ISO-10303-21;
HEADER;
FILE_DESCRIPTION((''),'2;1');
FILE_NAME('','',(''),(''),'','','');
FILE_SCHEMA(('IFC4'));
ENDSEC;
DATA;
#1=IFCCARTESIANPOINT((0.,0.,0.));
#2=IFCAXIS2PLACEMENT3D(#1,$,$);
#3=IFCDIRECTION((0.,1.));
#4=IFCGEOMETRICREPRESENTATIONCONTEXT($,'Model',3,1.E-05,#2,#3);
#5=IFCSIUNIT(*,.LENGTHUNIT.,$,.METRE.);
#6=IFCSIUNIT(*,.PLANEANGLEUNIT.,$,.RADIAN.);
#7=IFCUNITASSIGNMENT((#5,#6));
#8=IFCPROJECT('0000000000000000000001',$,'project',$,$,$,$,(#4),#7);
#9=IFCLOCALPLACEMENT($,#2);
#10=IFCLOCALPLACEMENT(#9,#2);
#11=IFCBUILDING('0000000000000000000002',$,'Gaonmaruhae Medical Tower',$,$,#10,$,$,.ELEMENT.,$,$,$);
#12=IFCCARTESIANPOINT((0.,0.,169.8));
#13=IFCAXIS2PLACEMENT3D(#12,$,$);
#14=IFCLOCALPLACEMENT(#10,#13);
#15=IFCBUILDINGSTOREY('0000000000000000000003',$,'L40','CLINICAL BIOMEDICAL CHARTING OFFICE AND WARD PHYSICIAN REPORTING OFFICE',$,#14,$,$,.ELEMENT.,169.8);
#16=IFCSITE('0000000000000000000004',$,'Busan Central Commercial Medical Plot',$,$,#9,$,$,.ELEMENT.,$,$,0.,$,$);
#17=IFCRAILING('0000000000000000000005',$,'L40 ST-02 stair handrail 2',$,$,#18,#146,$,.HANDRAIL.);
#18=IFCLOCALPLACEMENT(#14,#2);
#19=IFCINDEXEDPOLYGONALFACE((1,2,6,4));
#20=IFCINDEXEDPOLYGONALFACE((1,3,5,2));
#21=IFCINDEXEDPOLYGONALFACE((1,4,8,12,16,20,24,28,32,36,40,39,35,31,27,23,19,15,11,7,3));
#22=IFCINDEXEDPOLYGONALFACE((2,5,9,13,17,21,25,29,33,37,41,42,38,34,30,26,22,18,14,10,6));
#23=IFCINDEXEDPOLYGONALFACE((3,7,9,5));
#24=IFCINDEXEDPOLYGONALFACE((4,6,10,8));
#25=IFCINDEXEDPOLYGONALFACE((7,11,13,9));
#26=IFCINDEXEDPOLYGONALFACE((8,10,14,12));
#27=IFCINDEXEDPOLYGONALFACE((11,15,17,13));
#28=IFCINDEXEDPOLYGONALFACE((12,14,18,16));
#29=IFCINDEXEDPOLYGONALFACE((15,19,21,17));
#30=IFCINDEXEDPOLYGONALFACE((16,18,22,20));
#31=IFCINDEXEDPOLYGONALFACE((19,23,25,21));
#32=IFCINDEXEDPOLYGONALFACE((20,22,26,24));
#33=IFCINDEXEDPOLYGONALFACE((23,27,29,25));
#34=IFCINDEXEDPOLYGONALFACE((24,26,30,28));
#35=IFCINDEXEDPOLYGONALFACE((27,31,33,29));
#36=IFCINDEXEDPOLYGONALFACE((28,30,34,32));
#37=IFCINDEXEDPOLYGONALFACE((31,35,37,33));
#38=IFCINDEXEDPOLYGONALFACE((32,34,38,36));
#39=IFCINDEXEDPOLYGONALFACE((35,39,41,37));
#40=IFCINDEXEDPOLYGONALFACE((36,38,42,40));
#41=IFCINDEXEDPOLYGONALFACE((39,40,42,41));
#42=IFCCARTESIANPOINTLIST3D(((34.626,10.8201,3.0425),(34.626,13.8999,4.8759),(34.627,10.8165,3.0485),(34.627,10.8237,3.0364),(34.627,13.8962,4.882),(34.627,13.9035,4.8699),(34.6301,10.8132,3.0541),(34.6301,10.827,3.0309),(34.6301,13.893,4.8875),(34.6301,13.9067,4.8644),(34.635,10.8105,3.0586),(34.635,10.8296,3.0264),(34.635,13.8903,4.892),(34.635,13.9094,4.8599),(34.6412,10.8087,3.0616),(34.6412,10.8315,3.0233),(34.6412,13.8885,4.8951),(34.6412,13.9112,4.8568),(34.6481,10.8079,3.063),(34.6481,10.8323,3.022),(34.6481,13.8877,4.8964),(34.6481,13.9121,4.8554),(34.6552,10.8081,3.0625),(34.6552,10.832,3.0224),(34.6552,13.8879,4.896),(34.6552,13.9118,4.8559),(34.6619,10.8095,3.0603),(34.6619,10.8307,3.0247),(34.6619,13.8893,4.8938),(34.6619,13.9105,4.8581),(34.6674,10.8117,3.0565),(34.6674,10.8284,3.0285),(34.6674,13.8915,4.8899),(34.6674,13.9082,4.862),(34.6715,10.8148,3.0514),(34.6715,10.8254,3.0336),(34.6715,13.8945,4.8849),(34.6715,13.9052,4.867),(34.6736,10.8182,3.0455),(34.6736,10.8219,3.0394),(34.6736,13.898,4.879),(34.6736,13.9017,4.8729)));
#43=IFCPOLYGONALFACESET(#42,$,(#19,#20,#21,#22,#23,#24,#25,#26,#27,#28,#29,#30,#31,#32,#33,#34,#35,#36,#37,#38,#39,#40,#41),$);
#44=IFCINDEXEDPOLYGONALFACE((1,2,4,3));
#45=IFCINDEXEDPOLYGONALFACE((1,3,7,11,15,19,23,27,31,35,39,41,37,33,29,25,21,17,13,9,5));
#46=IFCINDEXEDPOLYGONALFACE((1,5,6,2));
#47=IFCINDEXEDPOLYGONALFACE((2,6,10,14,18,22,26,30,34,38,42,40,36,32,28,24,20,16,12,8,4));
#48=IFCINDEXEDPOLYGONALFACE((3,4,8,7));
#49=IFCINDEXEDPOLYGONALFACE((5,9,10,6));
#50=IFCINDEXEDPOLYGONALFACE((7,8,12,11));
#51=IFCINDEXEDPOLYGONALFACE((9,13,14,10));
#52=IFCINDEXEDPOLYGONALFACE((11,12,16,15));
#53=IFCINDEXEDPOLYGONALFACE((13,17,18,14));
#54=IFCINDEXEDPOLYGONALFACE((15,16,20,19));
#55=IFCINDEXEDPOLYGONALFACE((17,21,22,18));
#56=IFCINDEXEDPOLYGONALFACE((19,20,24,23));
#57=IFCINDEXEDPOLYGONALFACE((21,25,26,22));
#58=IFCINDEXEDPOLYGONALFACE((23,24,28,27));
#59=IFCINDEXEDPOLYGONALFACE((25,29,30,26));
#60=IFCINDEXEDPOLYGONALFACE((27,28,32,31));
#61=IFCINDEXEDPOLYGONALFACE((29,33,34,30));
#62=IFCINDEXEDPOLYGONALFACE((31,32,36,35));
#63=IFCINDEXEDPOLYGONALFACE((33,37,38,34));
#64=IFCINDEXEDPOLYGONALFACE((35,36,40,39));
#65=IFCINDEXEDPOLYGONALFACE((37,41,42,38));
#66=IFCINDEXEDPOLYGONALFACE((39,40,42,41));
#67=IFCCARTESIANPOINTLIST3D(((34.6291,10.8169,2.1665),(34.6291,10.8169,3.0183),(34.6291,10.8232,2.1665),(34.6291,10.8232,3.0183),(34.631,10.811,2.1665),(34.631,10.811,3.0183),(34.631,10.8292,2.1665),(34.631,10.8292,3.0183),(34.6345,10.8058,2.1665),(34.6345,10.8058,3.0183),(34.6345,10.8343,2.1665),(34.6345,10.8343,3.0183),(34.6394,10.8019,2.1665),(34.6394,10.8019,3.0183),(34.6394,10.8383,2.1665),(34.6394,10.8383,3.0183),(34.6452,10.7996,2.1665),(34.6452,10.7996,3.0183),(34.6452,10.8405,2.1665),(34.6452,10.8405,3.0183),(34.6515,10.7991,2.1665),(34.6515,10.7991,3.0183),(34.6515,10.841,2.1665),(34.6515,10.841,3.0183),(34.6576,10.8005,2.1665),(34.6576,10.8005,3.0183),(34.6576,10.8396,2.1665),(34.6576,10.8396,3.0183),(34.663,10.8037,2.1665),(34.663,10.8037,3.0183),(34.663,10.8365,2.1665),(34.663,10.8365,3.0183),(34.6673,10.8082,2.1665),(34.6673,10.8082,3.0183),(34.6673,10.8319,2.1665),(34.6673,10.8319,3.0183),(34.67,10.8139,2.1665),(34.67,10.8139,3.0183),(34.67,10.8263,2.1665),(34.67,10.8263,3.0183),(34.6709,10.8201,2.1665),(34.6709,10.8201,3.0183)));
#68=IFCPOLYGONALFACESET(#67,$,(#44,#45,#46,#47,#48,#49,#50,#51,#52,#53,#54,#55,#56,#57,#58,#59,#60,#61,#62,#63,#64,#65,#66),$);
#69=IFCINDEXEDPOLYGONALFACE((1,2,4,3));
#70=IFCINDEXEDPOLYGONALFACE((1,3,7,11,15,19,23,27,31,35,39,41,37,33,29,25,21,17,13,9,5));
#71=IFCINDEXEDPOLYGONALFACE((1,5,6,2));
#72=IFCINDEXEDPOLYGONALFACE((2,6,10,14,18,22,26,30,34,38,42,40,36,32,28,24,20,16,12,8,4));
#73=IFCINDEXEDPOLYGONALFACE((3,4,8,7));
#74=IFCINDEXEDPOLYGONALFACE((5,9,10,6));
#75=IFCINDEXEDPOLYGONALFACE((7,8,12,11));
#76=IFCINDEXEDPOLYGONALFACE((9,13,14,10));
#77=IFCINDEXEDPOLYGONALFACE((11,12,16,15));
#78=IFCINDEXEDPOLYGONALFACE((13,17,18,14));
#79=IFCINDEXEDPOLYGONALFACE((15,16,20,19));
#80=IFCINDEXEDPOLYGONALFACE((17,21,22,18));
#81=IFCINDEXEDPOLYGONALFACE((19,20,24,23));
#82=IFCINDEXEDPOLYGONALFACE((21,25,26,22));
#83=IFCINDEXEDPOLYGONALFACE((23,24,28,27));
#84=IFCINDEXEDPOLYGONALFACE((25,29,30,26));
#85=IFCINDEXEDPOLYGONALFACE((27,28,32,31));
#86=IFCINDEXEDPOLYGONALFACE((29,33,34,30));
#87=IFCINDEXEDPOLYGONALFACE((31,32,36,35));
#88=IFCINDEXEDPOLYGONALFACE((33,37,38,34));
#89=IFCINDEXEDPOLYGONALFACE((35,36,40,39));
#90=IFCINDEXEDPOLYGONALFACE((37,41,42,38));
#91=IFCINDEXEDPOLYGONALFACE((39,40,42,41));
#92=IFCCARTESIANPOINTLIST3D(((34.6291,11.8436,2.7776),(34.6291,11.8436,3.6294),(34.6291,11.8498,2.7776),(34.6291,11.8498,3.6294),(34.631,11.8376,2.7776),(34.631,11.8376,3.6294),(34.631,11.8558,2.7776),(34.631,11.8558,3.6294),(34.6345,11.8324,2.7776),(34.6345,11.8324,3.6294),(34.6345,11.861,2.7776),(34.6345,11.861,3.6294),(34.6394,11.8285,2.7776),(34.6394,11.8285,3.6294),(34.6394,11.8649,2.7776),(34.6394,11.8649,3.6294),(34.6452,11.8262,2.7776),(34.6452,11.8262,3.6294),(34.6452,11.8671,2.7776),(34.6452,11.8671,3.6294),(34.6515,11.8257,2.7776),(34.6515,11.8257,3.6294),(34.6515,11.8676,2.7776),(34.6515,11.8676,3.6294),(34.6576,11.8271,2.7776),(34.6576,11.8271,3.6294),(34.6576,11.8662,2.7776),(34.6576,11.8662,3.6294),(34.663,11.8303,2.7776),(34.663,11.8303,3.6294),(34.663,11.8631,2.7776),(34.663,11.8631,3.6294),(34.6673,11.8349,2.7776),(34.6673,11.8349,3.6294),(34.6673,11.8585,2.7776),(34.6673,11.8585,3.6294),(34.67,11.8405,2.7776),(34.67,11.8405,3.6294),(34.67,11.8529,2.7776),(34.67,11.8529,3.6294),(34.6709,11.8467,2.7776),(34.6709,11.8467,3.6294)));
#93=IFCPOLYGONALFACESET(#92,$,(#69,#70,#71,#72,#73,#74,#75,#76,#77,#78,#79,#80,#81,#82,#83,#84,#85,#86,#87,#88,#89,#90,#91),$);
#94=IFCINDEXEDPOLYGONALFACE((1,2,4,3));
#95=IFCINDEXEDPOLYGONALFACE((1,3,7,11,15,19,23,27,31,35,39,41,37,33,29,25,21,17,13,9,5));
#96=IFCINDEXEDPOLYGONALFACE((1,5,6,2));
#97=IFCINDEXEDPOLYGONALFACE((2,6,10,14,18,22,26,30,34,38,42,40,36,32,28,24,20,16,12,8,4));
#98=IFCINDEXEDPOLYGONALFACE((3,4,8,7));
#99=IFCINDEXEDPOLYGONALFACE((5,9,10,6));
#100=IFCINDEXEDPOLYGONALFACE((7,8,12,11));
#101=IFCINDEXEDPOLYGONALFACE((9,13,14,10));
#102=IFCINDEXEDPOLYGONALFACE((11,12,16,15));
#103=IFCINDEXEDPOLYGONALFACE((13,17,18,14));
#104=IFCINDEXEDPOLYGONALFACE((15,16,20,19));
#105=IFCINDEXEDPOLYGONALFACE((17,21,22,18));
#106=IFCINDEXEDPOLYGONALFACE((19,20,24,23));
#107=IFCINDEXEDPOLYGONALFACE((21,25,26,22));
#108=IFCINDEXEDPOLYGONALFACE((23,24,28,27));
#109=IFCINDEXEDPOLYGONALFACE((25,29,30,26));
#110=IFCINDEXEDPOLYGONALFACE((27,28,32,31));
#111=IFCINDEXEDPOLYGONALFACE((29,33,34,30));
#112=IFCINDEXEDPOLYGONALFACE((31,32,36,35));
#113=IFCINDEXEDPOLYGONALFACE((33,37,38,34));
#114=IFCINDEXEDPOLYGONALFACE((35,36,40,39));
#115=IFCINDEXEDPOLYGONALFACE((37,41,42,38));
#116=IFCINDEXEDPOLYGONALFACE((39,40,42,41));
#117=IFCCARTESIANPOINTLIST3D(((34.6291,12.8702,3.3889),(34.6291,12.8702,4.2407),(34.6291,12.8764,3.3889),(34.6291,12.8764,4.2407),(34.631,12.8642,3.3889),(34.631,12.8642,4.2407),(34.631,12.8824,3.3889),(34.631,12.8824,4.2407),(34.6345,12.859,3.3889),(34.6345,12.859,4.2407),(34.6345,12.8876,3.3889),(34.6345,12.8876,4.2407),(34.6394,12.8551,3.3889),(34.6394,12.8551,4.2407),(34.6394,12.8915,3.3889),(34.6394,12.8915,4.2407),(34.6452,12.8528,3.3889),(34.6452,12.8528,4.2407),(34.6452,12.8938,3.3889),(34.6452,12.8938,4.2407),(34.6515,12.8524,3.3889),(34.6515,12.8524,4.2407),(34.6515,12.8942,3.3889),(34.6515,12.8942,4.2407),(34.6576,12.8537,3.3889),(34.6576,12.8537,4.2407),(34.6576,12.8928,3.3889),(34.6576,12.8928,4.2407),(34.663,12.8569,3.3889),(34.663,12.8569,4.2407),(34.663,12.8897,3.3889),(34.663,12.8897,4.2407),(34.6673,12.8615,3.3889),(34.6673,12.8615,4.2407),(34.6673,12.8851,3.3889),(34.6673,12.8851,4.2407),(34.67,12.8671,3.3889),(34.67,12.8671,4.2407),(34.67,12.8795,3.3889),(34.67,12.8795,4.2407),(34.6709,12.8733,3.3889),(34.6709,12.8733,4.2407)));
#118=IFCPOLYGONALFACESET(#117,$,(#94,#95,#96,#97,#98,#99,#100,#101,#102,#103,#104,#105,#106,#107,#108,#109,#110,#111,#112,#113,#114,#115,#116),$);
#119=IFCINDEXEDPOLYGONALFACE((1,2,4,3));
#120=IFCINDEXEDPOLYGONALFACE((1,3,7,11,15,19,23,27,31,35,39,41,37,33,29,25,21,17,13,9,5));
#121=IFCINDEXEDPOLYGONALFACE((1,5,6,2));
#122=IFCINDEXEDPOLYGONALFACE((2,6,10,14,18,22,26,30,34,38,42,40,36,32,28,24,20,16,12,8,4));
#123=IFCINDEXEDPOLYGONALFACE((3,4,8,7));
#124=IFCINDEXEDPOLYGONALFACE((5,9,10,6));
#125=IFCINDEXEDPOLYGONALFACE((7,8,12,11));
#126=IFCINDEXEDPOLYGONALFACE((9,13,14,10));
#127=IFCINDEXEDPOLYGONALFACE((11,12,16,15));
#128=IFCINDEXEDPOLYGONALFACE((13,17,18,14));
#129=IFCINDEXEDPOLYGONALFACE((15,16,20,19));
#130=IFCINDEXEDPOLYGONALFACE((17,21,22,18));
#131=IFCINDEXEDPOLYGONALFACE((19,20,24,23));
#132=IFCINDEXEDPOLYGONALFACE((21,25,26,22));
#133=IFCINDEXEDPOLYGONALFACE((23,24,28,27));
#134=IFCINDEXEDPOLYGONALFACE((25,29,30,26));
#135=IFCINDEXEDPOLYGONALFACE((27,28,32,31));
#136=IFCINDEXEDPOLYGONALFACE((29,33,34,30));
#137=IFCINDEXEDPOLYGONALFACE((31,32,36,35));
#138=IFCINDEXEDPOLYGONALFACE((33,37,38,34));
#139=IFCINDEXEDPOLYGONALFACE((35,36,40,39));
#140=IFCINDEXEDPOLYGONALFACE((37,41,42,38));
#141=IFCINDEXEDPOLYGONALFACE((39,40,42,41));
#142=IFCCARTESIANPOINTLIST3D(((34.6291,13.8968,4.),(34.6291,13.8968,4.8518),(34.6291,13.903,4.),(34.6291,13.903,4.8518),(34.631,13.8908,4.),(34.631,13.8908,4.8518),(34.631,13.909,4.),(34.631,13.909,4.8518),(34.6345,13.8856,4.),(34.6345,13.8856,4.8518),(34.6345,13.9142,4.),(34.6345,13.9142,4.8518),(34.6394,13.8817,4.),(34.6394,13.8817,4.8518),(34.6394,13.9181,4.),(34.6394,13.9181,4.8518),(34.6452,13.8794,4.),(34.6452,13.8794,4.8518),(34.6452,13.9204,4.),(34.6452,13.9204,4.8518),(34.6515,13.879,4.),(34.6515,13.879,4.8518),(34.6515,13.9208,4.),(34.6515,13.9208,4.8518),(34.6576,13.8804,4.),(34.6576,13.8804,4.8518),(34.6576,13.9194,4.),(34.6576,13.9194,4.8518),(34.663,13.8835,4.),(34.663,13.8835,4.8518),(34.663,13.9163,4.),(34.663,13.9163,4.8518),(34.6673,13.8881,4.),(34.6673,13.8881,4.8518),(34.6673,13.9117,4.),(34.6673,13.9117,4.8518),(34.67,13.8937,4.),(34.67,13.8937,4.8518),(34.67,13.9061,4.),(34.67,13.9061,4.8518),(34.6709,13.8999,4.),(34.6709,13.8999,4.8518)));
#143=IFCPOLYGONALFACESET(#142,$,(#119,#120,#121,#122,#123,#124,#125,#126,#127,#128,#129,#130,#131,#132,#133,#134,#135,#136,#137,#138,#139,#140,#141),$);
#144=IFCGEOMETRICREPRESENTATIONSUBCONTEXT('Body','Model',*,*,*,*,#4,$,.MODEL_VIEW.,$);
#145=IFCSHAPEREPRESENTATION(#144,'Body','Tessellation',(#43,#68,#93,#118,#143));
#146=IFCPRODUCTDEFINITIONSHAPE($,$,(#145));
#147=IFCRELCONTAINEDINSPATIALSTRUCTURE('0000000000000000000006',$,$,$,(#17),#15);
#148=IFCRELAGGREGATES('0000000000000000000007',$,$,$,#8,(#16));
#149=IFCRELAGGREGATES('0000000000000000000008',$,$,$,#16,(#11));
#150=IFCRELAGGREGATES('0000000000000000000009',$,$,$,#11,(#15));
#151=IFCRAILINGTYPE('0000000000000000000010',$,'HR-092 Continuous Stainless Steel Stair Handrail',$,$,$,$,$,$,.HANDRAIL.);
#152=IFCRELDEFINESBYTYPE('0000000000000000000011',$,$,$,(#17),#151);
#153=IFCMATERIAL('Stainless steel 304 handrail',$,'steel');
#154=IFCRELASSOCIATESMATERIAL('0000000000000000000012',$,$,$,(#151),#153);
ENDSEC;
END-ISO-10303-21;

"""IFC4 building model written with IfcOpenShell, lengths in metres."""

from ifc_helpers import new_model, si_unit, direction, frame, origin, origin_2d, place, context, subcontext, project, spatial, circle, extrude, material, type_object, element, save


model = new_model("IFC4")

# Units and contexts
model_context = context("Model", 3, precision=1e-05, world=origin(), true_north=direction((0.0, 1.0)))
body_context = subcontext(model_context, "Body", "Model", "MODEL_VIEW")
ifc_project = project(units=[si_unit("LENGTHUNIT", "METRE"), si_unit("PLANEANGLEUNIT", "RADIAN")], contexts=[model_context])

# Site, building, storey
site_placement = place(None, origin())
site = spatial("IfcSite", under=ifc_project, at=site_placement, Name="Busan Central Commercial Medical Plot", CompositionType="ELEMENT", RefElevation=0.0)
building_placement = place(site_placement, origin())
building = spatial("IfcBuilding", under=site, at=building_placement, Name="Gaonmaruhae Medical Tower", CompositionType="ELEMENT")
storey_placement = place(building_placement, frame((0.0, 0.0, 169.8)))
storey = spatial("IfcBuildingStorey", under=building, at=storey_placement, Name="L40", Description="CLINICAL BIOMEDICAL CHARTING OFFICE AND WARD PHYSICIAN REPORTING OFFICE", CompositionType="ELEMENT", Elevation=169.8)

# Railing
ifc_material_1 = material(Name="Stainless steel 304 handrail", Category="steel")
railing_type_1 = type_object("IfcRailingType", Name="HR-092 Continuous Stainless Steel Stair Handrail", PredefinedType="HANDRAIL", material=ifc_material_1)
railing_1_placement = place(storey_placement, frame((34.6499, 10.8201, 2.1665)))
element("IfcRailing", 1, at=railing_1_placement, inside=storey, type_object=railing_type_1, Name="L40 ST-02 stair handrail 2", PredefinedType="HANDRAIL", context=body_context, shape_type="SweptSolid", body=[
    extrude(circle(Radius=0.0239, at=origin_2d()), frame((0.0, 0.0, 0.876), z_axis=(0.0, 0.859261, 0.511538), x_axis=(-1.0, 0.0, 0.0)), (0.0, 0.0, 1.0), 3.5842),
    extrude(circle(Radius=0.021, at=origin_2d()), origin(), (0.0, 0.0, 1.0), 0.8518),
    extrude(circle(Radius=0.021, at=origin_2d()), frame((0.0, 1.0266, 0.6111)), (0.0, 0.0, 1.0), 0.8518),
    extrude(circle(Radius=0.021, at=origin_2d()), frame((0.0, 2.0532, 1.2224)), (0.0, 0.0, 1.0), 0.8518),
    extrude(circle(Radius=0.021, at=origin_2d()), frame((0.0, 3.0798, 1.8335)), (0.0, 0.0, 1.0), 0.8518),
])

save(model, "model.ifc")
